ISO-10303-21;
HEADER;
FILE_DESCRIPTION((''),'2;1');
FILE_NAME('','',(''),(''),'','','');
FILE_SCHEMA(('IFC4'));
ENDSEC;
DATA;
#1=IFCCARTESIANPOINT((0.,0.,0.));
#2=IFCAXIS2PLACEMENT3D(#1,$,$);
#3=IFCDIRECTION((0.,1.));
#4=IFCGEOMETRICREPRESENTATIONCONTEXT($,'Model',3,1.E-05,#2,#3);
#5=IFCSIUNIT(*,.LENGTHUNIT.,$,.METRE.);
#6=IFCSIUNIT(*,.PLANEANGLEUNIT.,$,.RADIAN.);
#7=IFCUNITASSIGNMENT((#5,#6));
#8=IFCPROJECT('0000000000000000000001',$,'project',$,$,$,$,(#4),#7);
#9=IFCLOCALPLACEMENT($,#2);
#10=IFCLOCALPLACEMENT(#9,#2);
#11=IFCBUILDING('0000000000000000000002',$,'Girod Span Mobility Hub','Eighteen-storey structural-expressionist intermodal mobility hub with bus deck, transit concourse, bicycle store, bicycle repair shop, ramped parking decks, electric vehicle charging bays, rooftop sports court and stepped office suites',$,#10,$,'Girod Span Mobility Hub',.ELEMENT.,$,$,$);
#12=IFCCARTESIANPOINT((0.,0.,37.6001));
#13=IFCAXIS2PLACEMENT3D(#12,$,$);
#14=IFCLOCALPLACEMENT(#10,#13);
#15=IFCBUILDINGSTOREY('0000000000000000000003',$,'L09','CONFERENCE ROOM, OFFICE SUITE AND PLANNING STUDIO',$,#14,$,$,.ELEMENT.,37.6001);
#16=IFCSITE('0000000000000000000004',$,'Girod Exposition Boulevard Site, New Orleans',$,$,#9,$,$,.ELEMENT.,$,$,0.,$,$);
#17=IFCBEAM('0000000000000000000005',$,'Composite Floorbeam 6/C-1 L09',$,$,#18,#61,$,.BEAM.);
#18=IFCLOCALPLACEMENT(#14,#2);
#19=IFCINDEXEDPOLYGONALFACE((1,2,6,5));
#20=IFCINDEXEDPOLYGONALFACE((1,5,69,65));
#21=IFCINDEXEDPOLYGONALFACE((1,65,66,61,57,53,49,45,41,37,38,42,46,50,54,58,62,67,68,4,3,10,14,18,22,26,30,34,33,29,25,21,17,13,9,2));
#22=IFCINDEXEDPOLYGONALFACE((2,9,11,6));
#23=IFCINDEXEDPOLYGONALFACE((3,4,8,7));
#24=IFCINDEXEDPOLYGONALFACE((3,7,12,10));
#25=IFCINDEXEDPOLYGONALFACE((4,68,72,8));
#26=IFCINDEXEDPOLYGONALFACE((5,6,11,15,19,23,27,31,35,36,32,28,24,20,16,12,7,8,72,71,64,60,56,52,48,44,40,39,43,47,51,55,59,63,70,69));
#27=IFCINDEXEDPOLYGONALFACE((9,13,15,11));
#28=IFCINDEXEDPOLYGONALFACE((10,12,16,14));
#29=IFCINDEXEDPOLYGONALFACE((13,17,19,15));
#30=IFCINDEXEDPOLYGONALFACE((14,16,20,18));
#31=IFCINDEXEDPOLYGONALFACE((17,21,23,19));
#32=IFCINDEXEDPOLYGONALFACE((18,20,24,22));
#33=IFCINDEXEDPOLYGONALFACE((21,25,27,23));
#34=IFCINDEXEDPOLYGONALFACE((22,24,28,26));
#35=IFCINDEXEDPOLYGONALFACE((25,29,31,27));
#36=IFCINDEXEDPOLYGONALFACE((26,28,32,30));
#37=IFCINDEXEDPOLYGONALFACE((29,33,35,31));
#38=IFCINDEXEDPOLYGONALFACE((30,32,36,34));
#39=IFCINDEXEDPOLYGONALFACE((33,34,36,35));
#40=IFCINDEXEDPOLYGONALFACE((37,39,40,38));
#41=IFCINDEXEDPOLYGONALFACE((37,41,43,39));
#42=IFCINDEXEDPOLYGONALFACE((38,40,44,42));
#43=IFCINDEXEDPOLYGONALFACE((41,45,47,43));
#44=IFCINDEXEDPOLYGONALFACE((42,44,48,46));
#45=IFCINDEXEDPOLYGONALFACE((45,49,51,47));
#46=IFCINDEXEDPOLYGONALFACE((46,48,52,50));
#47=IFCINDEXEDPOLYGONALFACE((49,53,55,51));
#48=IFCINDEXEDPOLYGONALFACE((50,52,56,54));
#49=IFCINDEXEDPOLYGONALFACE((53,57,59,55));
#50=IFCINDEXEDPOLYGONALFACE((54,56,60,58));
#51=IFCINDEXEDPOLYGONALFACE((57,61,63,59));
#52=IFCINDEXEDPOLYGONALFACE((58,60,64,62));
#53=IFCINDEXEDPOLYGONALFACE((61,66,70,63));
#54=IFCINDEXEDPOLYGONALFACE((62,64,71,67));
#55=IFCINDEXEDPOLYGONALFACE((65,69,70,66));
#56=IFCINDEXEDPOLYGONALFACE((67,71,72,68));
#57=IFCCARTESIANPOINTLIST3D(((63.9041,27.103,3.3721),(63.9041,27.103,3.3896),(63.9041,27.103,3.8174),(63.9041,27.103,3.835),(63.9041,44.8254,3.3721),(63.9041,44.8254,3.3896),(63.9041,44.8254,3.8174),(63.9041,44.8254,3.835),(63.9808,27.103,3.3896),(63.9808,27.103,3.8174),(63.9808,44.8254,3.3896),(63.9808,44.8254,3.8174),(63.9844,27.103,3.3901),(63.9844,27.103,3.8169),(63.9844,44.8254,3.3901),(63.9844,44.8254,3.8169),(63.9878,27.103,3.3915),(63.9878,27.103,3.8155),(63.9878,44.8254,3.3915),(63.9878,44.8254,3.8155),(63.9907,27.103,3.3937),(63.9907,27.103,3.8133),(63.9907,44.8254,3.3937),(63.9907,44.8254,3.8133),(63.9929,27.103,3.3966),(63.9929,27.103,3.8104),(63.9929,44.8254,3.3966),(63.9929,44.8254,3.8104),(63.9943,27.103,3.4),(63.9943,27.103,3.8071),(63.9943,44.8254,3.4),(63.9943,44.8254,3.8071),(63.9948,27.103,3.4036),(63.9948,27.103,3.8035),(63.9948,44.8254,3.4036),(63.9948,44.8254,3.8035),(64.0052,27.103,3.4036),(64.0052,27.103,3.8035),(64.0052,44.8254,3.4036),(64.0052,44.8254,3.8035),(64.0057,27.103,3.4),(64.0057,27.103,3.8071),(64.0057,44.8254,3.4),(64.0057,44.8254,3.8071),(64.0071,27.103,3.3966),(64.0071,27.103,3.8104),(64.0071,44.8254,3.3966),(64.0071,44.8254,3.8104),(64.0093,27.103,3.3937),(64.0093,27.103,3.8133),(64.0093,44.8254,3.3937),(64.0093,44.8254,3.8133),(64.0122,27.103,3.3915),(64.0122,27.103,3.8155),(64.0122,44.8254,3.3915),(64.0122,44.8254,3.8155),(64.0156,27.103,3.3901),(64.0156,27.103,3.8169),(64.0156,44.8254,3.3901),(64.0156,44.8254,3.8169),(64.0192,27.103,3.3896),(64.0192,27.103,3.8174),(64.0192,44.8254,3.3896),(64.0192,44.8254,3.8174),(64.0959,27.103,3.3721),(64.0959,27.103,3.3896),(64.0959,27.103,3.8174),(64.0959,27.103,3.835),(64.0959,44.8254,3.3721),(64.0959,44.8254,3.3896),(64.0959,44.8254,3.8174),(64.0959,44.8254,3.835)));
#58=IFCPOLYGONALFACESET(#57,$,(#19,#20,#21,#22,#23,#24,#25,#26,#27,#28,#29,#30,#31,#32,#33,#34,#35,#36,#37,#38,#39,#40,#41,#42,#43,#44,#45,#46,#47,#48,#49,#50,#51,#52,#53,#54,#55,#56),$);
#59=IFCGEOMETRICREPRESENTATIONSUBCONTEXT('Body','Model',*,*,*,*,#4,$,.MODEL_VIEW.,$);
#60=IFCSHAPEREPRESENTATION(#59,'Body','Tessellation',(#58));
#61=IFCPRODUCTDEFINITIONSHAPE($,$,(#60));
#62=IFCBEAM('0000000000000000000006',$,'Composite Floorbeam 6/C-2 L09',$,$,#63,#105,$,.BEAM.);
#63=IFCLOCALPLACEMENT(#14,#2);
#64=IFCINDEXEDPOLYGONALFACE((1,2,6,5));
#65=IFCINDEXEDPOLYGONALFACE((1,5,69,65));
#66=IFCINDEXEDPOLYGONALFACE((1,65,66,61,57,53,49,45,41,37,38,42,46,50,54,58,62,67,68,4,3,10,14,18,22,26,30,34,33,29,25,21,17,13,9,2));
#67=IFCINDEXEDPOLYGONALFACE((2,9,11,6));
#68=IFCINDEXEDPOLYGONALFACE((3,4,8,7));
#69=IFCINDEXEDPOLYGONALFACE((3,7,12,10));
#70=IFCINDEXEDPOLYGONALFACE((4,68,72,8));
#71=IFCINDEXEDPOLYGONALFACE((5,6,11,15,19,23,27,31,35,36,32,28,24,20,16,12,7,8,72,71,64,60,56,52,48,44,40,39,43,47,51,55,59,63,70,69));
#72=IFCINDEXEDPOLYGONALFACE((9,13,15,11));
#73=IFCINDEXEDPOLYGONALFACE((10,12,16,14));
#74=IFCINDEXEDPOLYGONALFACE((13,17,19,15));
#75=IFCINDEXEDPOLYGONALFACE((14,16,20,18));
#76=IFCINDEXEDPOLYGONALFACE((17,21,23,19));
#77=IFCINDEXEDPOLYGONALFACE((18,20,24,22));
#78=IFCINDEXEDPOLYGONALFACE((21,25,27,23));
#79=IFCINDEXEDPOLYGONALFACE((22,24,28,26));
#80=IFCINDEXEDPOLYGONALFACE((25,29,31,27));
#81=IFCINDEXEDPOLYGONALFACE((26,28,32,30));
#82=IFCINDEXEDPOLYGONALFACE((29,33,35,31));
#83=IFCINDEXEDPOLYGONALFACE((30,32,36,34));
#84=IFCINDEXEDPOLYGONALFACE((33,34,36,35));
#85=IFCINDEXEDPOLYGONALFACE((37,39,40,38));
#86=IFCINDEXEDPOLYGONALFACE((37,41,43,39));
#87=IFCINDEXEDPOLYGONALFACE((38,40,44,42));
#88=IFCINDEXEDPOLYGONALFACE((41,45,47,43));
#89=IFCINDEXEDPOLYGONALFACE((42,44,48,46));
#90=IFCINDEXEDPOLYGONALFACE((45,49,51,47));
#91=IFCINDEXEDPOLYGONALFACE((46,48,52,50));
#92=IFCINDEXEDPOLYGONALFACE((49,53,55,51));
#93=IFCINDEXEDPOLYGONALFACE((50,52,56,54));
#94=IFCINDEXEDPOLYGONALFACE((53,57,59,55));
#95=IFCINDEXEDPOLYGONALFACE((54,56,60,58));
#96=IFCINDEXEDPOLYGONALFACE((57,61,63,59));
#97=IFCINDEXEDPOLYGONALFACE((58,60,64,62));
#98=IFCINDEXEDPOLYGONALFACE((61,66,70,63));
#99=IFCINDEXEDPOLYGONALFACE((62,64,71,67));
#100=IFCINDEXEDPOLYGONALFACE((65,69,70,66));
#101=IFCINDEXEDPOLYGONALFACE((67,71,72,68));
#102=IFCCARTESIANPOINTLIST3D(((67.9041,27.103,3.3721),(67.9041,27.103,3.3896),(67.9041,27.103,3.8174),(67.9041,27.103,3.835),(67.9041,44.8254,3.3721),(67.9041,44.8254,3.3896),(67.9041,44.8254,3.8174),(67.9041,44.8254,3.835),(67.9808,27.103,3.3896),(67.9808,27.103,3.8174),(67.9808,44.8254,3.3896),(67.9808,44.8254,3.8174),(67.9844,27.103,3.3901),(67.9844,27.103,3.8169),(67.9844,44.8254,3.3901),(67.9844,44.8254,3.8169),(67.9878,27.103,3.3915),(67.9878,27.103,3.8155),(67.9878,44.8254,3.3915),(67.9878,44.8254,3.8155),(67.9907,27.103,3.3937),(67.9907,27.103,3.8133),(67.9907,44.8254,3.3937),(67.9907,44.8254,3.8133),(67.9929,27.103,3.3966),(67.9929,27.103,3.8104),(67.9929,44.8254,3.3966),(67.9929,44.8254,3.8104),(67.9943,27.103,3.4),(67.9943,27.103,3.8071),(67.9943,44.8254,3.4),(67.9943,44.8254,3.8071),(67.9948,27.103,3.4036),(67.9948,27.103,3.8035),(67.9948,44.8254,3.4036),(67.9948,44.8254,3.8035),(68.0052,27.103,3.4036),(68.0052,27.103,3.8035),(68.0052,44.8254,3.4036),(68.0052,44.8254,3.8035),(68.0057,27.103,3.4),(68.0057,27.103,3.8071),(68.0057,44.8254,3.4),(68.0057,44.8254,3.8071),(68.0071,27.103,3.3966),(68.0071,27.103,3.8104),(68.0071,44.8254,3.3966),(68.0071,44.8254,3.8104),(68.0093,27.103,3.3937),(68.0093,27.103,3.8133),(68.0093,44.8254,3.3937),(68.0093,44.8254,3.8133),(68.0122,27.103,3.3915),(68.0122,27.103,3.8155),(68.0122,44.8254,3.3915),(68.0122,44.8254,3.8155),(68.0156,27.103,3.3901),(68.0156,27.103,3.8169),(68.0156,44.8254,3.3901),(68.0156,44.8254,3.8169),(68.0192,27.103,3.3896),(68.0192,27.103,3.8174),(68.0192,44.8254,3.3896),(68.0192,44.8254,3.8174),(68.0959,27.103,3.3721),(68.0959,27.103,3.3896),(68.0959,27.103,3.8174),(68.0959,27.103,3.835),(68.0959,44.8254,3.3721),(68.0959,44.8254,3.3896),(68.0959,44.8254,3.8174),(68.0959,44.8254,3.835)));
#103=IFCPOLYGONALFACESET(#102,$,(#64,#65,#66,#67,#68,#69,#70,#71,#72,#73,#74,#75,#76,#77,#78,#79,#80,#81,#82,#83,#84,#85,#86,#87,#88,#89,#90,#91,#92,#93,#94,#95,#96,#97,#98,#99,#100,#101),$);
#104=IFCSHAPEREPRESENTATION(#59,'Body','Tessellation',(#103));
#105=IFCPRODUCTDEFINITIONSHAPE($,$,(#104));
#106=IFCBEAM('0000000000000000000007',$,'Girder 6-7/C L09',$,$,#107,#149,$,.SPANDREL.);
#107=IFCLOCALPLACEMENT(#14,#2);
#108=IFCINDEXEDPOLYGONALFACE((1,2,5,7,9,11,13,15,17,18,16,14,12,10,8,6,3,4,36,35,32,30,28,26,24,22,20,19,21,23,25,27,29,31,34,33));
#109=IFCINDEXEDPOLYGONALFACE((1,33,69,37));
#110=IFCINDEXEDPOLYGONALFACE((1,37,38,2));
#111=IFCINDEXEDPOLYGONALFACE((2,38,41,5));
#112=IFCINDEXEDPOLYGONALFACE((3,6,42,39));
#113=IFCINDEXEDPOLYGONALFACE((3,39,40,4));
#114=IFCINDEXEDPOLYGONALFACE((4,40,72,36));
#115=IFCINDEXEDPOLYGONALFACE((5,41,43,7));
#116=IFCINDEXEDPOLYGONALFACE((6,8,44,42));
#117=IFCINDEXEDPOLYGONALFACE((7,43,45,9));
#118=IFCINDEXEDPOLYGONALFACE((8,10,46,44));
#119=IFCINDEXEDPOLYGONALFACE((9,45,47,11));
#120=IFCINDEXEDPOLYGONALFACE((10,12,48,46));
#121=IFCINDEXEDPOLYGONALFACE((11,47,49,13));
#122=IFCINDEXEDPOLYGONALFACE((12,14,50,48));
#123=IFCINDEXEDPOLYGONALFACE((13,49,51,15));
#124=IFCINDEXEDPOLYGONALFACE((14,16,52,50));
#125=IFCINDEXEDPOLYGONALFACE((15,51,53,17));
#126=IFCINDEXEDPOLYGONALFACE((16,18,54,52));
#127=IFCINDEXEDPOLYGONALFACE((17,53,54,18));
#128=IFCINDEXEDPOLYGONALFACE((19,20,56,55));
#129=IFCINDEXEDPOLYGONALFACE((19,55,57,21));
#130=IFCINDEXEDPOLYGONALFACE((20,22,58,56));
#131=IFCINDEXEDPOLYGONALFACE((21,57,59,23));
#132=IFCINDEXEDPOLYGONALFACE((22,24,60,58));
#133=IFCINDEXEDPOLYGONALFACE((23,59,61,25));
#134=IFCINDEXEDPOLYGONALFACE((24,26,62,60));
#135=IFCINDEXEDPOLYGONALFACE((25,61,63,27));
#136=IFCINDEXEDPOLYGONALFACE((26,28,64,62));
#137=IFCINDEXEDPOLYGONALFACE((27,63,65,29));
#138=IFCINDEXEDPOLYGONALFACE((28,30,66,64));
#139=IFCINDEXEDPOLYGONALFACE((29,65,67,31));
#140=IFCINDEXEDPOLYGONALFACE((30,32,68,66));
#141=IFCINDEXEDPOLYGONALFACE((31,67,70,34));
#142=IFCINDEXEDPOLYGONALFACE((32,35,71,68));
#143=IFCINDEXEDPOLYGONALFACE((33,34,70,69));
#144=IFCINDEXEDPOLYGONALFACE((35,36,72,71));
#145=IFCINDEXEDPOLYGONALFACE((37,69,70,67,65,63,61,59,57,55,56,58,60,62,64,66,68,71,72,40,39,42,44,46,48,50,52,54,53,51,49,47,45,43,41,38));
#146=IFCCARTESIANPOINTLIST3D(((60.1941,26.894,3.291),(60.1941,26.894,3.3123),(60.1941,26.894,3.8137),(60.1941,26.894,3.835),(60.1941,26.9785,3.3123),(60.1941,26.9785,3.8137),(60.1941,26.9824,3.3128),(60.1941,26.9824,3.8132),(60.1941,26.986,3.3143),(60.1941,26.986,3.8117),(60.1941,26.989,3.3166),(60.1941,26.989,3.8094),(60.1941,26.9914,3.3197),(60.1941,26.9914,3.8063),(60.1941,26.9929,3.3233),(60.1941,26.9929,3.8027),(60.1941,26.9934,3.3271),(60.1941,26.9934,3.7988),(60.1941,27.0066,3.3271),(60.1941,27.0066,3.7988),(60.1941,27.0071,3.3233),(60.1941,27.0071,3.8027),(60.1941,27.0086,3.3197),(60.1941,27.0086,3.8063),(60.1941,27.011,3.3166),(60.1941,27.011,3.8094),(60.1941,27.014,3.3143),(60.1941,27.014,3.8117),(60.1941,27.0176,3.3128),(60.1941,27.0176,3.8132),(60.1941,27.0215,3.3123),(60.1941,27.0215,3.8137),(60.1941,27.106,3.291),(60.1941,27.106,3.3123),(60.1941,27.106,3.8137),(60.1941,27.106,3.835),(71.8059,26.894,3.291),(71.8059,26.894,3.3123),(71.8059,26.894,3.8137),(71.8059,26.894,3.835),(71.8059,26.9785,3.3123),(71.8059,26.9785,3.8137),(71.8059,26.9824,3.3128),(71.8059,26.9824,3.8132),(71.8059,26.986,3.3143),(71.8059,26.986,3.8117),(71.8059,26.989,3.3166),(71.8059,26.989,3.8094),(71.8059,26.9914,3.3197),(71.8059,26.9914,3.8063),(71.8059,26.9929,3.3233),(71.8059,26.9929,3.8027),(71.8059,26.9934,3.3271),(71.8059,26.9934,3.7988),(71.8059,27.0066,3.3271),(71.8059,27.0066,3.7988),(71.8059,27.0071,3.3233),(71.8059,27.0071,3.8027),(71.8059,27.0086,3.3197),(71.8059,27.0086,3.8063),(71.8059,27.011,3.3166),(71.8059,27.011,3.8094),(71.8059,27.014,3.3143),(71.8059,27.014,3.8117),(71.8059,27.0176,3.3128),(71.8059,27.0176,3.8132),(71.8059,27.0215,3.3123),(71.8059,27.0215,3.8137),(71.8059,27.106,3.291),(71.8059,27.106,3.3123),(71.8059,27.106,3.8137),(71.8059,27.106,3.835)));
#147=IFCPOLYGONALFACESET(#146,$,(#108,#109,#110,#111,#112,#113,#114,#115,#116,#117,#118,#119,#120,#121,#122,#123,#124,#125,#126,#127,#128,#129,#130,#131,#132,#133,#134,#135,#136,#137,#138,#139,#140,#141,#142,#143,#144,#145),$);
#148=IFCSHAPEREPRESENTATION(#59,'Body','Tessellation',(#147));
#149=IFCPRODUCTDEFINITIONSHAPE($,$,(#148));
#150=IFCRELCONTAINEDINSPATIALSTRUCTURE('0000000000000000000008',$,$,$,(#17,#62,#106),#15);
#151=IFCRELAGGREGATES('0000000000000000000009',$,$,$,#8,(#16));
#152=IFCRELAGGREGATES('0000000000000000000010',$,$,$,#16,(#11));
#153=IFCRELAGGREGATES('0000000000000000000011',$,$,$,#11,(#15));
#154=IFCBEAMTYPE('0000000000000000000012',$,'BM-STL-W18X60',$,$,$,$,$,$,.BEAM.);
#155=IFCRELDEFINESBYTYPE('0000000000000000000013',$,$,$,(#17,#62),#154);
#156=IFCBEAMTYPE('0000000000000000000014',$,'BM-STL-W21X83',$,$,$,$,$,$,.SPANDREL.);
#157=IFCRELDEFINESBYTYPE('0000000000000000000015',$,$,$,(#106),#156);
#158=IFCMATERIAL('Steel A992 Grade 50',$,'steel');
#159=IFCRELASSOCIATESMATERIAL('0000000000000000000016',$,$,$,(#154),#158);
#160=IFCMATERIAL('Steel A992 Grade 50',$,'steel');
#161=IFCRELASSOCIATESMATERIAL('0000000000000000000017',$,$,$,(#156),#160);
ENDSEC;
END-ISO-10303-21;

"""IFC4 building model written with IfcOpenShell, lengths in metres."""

from ifc_helpers import new_model, si_unit, direction, frame, origin, origin_2d, place, context, subcontext, project, spatial, i_section, extrude, material, material_profile, profile_set, type_object, element, save


model = new_model("IFC4")

# Units and contexts
model_context = context("Model", 3, precision=1e-05, world=origin(), true_north=direction((0.0, 1.0)))
body_context = subcontext(model_context, "Body", "Model", "MODEL_VIEW")
ifc_project = project(units=[si_unit("LENGTHUNIT", "METRE"), si_unit("PLANEANGLEUNIT", "RADIAN")], contexts=[model_context])

# Site, building, storey
site_placement = place(None, origin())
site = spatial("IfcSite", under=ifc_project, at=site_placement, Name="Girod Exposition Boulevard Site, New Orleans", CompositionType="ELEMENT", RefElevation=0.0)
building_placement = place(site_placement, origin())
building = spatial("IfcBuilding", under=site, at=building_placement, Name="Girod Span Mobility Hub", Description="Eighteen-storey structural-expressionist intermodal mobility hub with bus deck, transit concourse, bicycle store, bicycle repair shop, ramped parking decks, electric vehicle charging bays, rooftop sports court and stepped office suites", LongName="Girod Span Mobility Hub", CompositionType="ELEMENT")
storey_placement = place(building_placement, frame((0.0, 0.0, 37.6001)))
storey = spatial("IfcBuildingStorey", under=building, at=storey_placement, Name="L09", Description="CONFERENCE ROOM, OFFICE SUITE AND PLANNING STUDIO", CompositionType="ELEMENT", Elevation=37.6001)

# Beams
ifc_material_1 = material(Name="Steel A992 Grade 50", Category="steel")
ifc_material_profile_1 = material_profile(ifc_material_1, i_section(OverallWidth=0.1919, OverallDepth=0.4629, WebThickness=0.0105, FlangeThickness=0.0176, FilletRadius=0.0139, at=origin_2d()), Name="W18X60")
ifc_profile_set_1 = profile_set([ifc_material_profile_1], Name="Steel A992 Grade 50")
beam_type_1 = type_object("IfcBeamType", Name="BM-STL-W18X60", PredefinedType="BEAM", material=ifc_profile_set_1)
for number, where, z_axis, x_axis, name in (
    (1, (64.0, 27.103, 3.6035), (0.0, 1.0, 0.0), (-1.0, 0.0, 0.0), "Composite Floorbeam 6/C-1 L09"),
    (2, (68.0, 27.103, 3.6035), (0.0, 1.0, 0.0), (-1.0, 0.0, 0.0), "Composite Floorbeam 6/C-2 L09"),
):
    element("IfcBeam", number, at=place(storey_placement, frame(where, z_axis=z_axis, x_axis=x_axis)), inside=storey, type_object=beam_type_1, Name=name, PredefinedType="BEAM", context=body_context, shape_type="SweptSolid", body=[
        extrude(i_section(OverallWidth=0.1919, OverallDepth=0.4629, WebThickness=0.0105, FlangeThickness=0.0176, FilletRadius=0.0139, at=origin_2d()), origin(), (0.0, 0.0, 1.0), 17.7224),
    ])
ifc_material_2 = material(Name="Steel A992 Grade 50", Category="steel")
ifc_material_profile_2 = material_profile(ifc_material_2, i_section(OverallWidth=0.2119, OverallDepth=0.5439, WebThickness=0.0132, FlangeThickness=0.0212, FilletRadius=0.0149, at=origin_2d()), Name="W21X83")
ifc_profile_set_2 = profile_set([ifc_material_profile_2], Name="Steel A992 Grade 50")
beam_type_2 = type_object("IfcBeamType", Name="BM-STL-W21X83", PredefinedType="SPANDREL", material=ifc_profile_set_2)
beam_placement = place(storey_placement, frame((60.1941, 27.0, 3.563), z_axis=(1.0, 0.0, 0.0), x_axis=(0.0, 1.0, 0.0)))
element("IfcBeam", 3, at=beam_placement, inside=storey, type_object=beam_type_2, Name="Girder 6-7/C L09", PredefinedType="SPANDREL", context=body_context, shape_type="SweptSolid", body=[
    extrude(i_section(OverallWidth=0.2119, OverallDepth=0.5439, WebThickness=0.0132, FlangeThickness=0.0212, FilletRadius=0.0149, at=origin_2d()), origin(), (0.0, 0.0, 1.0), 11.6118),
])

save(model, "model.ifc")
